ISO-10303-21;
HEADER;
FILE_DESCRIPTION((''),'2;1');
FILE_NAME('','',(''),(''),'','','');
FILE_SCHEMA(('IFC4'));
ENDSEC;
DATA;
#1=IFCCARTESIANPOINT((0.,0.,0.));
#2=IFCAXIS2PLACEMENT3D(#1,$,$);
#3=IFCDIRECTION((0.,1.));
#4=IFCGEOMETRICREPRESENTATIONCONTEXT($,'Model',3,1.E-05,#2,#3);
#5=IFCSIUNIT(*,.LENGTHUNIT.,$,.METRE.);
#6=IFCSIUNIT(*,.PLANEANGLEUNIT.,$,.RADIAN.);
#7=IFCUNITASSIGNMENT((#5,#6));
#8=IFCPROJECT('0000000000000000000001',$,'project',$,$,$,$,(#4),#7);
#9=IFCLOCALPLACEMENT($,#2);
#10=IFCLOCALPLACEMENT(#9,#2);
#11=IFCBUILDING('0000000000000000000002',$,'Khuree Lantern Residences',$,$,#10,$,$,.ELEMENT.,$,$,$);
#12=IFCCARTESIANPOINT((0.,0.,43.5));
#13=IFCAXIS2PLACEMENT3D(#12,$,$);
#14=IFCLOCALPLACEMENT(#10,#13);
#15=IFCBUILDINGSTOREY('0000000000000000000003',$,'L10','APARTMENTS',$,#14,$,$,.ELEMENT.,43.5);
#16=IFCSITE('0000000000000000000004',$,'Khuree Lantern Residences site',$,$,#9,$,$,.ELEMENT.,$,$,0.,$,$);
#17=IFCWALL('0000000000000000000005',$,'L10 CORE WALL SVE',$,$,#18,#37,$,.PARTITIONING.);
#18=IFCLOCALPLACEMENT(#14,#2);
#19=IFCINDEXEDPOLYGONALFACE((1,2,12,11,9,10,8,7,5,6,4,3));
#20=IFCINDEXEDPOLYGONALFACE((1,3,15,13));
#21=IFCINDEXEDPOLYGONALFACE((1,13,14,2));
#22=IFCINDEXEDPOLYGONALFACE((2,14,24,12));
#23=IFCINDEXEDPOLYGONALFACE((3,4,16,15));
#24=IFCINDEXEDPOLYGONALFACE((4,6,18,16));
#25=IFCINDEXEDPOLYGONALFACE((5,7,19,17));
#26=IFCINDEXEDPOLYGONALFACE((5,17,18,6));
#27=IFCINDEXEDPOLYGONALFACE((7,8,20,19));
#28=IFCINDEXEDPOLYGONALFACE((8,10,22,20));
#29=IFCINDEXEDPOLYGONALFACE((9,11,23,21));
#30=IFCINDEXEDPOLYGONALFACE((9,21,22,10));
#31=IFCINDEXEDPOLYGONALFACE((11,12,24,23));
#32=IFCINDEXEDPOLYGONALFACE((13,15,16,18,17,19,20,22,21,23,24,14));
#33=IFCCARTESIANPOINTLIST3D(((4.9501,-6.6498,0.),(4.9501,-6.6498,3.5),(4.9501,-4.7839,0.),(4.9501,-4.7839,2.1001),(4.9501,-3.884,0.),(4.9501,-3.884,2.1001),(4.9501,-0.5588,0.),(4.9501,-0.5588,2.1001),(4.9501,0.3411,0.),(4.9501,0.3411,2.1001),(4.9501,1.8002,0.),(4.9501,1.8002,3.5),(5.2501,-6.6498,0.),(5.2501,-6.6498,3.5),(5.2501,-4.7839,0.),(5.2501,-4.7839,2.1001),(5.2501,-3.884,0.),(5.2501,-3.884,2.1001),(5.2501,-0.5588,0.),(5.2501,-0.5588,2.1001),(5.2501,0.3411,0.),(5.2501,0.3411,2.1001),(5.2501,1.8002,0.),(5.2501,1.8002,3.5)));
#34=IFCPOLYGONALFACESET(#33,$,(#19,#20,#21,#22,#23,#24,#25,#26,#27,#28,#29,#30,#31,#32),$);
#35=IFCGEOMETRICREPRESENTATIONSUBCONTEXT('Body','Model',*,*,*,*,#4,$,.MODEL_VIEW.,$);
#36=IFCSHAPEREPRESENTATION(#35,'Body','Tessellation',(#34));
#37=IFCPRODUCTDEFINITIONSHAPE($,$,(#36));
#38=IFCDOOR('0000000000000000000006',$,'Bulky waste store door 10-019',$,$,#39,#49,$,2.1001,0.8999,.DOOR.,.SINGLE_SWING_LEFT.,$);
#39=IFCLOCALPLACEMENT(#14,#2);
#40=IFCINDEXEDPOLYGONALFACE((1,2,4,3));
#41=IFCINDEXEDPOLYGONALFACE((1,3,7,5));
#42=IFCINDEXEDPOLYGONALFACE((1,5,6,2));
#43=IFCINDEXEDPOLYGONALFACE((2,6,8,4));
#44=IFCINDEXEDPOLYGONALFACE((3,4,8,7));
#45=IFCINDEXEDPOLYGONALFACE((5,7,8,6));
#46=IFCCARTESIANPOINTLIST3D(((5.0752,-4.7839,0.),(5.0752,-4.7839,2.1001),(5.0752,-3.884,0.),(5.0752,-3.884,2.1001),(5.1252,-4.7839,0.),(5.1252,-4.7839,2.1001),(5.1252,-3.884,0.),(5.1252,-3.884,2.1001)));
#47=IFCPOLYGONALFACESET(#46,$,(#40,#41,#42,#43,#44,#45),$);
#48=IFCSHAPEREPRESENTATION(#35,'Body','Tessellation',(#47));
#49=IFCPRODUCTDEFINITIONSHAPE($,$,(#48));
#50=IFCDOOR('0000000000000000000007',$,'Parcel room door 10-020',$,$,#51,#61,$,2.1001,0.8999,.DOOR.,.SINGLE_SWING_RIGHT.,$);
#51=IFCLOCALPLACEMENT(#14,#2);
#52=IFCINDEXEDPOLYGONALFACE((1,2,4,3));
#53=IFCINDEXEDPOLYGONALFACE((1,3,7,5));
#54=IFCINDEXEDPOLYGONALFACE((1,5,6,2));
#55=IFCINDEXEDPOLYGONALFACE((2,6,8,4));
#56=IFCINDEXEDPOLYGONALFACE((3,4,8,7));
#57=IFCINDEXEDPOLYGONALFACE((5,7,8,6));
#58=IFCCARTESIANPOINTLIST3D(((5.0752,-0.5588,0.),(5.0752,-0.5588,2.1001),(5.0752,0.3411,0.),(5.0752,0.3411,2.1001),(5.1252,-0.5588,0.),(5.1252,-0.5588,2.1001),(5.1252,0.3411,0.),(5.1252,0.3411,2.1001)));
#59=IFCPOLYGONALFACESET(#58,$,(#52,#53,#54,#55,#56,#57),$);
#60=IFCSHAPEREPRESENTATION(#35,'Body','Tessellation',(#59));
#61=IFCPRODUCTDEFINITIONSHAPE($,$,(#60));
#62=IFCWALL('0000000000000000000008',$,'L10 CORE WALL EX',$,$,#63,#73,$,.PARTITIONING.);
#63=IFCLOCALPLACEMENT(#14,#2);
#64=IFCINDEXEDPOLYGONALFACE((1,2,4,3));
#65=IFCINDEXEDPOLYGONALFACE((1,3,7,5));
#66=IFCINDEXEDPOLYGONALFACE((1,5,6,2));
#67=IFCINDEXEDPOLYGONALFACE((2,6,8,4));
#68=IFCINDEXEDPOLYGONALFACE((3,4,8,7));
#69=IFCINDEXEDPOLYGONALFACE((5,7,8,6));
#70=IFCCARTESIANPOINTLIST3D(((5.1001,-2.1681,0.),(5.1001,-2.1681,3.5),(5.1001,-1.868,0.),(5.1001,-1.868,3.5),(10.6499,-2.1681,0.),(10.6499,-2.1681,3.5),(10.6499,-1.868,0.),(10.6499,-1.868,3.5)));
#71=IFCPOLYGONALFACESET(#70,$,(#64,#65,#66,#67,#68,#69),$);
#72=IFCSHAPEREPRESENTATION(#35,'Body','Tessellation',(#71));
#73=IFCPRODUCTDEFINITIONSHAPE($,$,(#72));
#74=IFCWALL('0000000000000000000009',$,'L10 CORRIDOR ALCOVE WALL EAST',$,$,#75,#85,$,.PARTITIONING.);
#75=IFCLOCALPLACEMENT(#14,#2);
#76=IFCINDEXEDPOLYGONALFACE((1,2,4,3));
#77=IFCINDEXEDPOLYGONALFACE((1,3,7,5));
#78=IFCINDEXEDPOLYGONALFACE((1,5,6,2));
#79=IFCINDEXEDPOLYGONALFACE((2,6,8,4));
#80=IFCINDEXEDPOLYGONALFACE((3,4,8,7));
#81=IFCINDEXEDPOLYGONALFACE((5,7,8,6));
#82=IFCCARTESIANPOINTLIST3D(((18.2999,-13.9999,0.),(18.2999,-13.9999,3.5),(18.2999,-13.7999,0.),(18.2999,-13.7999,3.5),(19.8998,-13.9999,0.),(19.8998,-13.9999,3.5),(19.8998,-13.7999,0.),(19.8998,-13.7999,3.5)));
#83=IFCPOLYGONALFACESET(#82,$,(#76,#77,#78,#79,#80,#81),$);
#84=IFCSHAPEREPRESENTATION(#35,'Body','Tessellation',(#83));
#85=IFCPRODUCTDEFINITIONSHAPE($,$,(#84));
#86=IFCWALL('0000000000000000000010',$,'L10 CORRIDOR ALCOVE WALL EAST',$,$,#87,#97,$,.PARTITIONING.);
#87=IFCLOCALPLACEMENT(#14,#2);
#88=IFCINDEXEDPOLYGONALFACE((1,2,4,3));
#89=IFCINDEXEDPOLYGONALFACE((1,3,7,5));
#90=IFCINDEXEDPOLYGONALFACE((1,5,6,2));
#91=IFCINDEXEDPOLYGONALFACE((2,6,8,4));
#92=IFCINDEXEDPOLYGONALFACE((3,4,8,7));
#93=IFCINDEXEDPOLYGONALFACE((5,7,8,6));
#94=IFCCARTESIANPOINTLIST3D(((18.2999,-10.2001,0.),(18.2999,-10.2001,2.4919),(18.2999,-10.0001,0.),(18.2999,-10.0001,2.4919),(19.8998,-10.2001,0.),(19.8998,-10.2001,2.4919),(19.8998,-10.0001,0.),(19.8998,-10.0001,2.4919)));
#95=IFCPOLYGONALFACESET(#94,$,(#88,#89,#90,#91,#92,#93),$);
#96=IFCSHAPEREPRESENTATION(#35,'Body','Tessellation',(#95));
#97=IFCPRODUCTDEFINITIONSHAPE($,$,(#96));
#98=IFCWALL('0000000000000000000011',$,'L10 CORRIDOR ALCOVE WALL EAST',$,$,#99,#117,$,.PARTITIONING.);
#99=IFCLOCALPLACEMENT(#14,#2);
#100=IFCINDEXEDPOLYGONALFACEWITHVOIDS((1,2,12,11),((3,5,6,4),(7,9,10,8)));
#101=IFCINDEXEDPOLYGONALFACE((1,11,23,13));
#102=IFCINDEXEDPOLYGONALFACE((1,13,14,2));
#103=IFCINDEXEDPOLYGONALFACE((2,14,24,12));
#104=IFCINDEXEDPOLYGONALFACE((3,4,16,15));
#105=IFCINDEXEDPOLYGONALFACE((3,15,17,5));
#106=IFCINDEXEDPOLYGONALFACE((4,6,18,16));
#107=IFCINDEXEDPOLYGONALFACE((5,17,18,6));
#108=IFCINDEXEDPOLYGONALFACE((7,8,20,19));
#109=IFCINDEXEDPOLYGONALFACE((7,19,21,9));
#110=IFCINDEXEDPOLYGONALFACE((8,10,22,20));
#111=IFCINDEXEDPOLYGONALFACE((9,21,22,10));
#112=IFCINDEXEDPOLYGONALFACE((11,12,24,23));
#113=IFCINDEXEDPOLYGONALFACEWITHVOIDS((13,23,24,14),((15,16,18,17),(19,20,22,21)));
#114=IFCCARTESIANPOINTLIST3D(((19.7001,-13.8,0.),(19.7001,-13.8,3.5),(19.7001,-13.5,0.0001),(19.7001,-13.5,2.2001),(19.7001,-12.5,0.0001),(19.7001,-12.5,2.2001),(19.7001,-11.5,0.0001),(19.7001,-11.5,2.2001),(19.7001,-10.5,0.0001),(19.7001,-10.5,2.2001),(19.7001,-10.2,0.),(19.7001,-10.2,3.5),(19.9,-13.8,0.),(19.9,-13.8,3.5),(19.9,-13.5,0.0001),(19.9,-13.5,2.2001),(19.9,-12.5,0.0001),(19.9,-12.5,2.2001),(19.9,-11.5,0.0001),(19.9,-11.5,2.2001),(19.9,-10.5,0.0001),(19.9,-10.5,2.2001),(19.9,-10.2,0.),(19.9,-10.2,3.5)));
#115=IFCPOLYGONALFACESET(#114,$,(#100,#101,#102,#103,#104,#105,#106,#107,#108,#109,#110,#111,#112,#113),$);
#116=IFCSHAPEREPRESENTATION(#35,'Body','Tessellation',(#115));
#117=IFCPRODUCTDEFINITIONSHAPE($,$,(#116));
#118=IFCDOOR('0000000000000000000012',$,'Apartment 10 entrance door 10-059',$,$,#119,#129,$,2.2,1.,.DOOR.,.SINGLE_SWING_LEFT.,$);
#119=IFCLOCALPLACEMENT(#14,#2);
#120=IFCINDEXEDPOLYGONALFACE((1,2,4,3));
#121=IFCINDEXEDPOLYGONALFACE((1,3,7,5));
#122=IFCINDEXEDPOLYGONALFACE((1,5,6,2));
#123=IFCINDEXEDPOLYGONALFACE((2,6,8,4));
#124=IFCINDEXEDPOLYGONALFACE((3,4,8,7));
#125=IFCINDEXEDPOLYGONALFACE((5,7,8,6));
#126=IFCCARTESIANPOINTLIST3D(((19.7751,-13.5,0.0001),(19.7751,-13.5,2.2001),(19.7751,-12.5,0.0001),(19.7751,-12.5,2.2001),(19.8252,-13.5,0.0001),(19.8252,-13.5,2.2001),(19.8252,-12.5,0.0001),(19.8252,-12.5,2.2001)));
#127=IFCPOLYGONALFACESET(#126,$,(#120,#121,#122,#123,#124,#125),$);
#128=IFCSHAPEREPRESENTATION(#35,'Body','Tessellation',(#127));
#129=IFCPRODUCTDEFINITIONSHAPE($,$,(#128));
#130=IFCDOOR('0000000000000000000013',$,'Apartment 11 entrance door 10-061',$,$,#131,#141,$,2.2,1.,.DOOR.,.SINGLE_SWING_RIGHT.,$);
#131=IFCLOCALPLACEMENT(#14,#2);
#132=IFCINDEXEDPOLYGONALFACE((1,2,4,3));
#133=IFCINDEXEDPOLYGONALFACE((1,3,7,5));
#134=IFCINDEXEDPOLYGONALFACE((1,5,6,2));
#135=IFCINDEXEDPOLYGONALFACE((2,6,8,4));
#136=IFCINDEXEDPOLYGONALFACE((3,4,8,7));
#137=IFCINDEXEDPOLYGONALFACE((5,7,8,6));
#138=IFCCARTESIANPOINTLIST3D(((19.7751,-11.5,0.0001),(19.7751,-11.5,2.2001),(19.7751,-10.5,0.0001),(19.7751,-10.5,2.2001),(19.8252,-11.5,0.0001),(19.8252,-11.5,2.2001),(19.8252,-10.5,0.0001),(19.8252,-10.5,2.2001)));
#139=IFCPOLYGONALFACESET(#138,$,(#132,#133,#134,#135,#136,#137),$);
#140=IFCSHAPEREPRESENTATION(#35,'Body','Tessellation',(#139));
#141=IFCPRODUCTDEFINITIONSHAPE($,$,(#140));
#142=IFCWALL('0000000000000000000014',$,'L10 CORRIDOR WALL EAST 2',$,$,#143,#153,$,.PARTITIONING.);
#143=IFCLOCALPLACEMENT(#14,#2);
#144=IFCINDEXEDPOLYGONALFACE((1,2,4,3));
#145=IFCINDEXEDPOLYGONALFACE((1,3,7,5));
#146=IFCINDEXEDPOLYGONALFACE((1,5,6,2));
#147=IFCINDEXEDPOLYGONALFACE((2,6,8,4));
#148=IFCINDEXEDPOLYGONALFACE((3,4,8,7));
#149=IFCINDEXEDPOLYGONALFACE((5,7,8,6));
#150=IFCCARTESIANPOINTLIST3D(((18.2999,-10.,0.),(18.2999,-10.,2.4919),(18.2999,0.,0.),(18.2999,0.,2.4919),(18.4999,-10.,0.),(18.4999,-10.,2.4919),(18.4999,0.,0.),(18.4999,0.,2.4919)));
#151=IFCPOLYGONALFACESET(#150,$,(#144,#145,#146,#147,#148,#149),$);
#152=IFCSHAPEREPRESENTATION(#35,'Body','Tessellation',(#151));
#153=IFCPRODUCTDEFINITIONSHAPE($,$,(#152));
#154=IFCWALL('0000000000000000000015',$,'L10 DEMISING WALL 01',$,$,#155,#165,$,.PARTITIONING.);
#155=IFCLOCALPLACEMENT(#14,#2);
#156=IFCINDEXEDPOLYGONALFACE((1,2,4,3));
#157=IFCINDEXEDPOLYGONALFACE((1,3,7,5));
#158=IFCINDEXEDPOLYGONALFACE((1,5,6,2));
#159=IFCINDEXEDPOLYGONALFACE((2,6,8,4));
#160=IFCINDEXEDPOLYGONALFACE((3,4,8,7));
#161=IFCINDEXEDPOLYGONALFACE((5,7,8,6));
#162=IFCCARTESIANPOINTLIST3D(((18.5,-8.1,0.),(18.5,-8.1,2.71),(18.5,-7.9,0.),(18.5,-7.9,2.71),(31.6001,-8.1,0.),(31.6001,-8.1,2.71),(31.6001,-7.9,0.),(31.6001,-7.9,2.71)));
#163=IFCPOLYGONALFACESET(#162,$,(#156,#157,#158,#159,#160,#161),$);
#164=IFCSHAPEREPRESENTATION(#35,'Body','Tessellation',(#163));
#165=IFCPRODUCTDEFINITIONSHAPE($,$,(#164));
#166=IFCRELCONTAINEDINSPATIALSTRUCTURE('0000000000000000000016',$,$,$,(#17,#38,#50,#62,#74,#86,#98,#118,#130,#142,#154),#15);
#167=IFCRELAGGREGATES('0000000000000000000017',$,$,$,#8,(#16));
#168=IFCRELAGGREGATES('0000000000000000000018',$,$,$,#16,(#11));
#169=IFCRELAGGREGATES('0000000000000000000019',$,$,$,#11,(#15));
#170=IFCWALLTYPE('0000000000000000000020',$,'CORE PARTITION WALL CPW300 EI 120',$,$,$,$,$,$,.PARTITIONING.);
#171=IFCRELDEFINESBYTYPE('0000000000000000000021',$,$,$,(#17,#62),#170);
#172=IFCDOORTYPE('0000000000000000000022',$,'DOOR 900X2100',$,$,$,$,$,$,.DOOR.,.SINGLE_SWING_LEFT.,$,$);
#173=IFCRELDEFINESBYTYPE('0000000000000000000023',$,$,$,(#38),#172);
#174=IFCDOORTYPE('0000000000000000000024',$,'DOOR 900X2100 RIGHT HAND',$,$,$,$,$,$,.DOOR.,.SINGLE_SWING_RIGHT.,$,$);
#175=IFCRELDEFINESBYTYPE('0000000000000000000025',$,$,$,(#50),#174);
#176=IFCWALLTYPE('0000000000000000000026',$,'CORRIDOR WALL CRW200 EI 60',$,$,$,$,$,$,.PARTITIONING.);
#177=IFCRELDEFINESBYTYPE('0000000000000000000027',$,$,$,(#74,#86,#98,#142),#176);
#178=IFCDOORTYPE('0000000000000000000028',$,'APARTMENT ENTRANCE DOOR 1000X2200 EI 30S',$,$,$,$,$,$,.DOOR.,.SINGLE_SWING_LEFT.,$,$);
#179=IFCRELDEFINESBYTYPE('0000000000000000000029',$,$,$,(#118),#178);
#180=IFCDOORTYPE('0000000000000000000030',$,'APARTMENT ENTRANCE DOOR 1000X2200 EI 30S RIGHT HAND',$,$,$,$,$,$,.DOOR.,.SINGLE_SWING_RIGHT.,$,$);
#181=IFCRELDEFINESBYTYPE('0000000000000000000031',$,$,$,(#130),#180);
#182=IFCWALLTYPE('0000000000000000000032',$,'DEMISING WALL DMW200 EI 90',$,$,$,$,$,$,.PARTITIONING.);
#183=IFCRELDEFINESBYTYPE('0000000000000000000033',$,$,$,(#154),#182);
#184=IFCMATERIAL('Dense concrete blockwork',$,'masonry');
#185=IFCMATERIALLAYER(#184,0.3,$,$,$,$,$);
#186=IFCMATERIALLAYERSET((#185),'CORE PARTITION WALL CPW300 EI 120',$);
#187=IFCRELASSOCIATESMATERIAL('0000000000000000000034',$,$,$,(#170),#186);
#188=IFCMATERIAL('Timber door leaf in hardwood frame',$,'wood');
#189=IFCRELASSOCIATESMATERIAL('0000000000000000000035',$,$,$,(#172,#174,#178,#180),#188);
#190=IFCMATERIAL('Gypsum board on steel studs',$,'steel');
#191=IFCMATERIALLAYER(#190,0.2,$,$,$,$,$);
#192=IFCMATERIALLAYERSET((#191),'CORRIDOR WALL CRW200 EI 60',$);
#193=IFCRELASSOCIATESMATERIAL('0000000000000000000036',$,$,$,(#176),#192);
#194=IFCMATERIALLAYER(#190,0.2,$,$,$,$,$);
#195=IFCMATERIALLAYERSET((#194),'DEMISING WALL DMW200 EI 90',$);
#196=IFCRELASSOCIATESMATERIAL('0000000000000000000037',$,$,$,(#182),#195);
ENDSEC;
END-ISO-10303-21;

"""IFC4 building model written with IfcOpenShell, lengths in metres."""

from ifc_helpers import new_model, si_unit, direction, frame, frame_2d, origin, place, context, subcontext, project, spatial, rectangle, extrude, material, layer, layer_set, type_object, element, fill, save


model = new_model("IFC4")

# Units and contexts
model_context = context("Model", 3, precision=1e-05, world=origin(), true_north=direction((0.0, 1.0)))
body_context = subcontext(model_context, "Body", "Model", "MODEL_VIEW")
ifc_project = project(units=[si_unit("LENGTHUNIT", "METRE"), si_unit("PLANEANGLEUNIT", "RADIAN")], contexts=[model_context])

# Site, building, storey
site_placement = place(None, origin())
site = spatial("IfcSite", under=ifc_project, at=site_placement, Name="Khuree Lantern Residences site", CompositionType="ELEMENT", RefElevation=0.0)
building_placement = place(site_placement, origin())
building = spatial("IfcBuilding", under=site, at=building_placement, Name="Khuree Lantern Residences", CompositionType="ELEMENT")
storey_placement = place(building_placement, frame((0.0, 0.0, 43.5)))
storey = spatial("IfcBuildingStorey", under=building, at=storey_placement, Name="L10", Description="APARTMENTS", CompositionType="ELEMENT", Elevation=43.5)

# Shared definitions
ifc_material_1 = material(Name="Dense concrete blockwork", Category="masonry")
ifc_layer_1 = layer(ifc_material_1, 0.3)
ifc_layer_set_1 = layer_set([ifc_layer_1], Name="CORE PARTITION WALL CPW300 EI 120")
wall_type_1 = type_object("IfcWallType", Name="CORE PARTITION WALL CPW300 EI 120", PredefinedType="PARTITIONING", material=ifc_layer_set_1)

# Wall, openings, doors
wall_1_placement = place(storey_placement, frame((5.1001, -6.6499, 0.0), z_axis=(0.0, 0.0, 1.0), x_axis=(0.0, 1.0, 0.0)))
wall_1 = element("IfcWall", 1, at=wall_1_placement, inside=storey, type_object=wall_type_1, Name="L10 CORE WALL SVE", PredefinedType="PARTITIONING", context=body_context, shape_type="SweptSolid", body=[
    extrude(rectangle(XDim=8.45, YDim=0.3, at=frame_2d((4.2251, 0.0))), origin(), (0.0, 0.0, 1.0), 3.5),
])
opening_1_placement = place(wall_1_placement, frame((1.866, 0.0, 0.0)))
opening_1 = element("IfcOpeningElement", 2, at=opening_1_placement, cuts=wall_1, PredefinedType="OPENING", context=body_context, shape_type="SweptSolid", body=[
    extrude(rectangle(XDim=0.8999, YDim=2.1001, at=frame_2d((0.45, 1.05))), frame((0.0, 0.1602, 0.0), z_axis=(0.0, -1.0, 0.0), x_axis=(1.0, 0.0, 0.0)), (0.0, 0.0, 1.0), 0.3201),
])
opening_2_placement = place(wall_1_placement, frame((6.0911, 0.0, 0.0)))
opening_2 = element("IfcOpeningElement", 3, at=opening_2_placement, cuts=wall_1, PredefinedType="OPENING", context=body_context, shape_type="SweptSolid", body=[
    extrude(rectangle(XDim=0.8999, YDim=2.1001, at=frame_2d((0.45, 1.05))), frame((0.0, 0.1602, 0.0), z_axis=(0.0, -1.0, 0.0), x_axis=(1.0, 0.0, 0.0)), (0.0, 0.0, 1.0), 0.3201),
])
ifc_material_2 = material(Name="Timber door leaf in hardwood frame", Category="wood")
door_type_1 = type_object("IfcDoorType", Name="DOOR 900X2100", OperationType="SINGLE_SWING_LEFT", PredefinedType="DOOR", material=ifc_material_2)
door_1_placement = place(opening_1_placement, origin())
door_1 = element("IfcDoor", 4, at=door_1_placement, inside=storey, type_object=door_type_1, Name="Bulky waste store door 10-019", OperationType="SINGLE_SWING_LEFT", OverallHeight=2.1001, OverallWidth=0.8999, PredefinedType="DOOR", context=body_context, shape_type="SweptSolid", body=[
    extrude(rectangle(XDim=0.8999, YDim=2.1001, at=frame_2d((0.45, 1.05))), frame((0.0, 0.0249, 0.0), z_axis=(0.0, -1.0, 0.0), x_axis=(1.0, 0.0, 0.0)), (0.0, 0.0, 1.0), 0.05),
])
fill(opening_1, door_1)
door_type_2 = type_object("IfcDoorType", Name="DOOR 900X2100 RIGHT HAND", OperationType="SINGLE_SWING_RIGHT", PredefinedType="DOOR", material=ifc_material_2)
door_2_placement = place(opening_2_placement, origin())
door_2 = element("IfcDoor", 5, at=door_2_placement, inside=storey, type_object=door_type_2, Name="Parcel room door 10-020", OperationType="SINGLE_SWING_RIGHT", OverallHeight=2.1001, OverallWidth=0.8999, PredefinedType="DOOR", context=body_context, shape_type="SweptSolid", body=[
    extrude(rectangle(XDim=0.8999, YDim=2.1001, at=frame_2d((0.45, 1.05))), frame((0.0, 0.0249, 0.0), z_axis=(0.0, -1.0, 0.0), x_axis=(1.0, 0.0, 0.0)), (0.0, 0.0, 1.0), 0.05),
])
fill(opening_2, door_2)

# Walls
wall_2_placement = place(storey_placement, frame((10.6499, -2.0181, 0.0), z_axis=(0.0, 0.0, 1.0), x_axis=(-1.0, 0.0, 0.0)))
element("IfcWall", 6, at=wall_2_placement, inside=storey, type_object=wall_type_1, Name="L10 CORE WALL EX", PredefinedType="PARTITIONING", context=body_context, shape_type="SweptSolid", body=[
    extrude(rectangle(XDim=5.5498, YDim=0.3, at=frame_2d((2.7749, 0.0))), origin(), (0.0, 0.0, 1.0), 3.5),
])
ifc_material_3 = material(Name="Gypsum board on steel studs", Category="steel")
ifc_layer_2 = layer(ifc_material_3, 0.2)
ifc_layer_set_2 = layer_set([ifc_layer_2], Name="CORRIDOR WALL CRW200 EI 60")
wall_type_2 = type_object("IfcWallType", Name="CORRIDOR WALL CRW200 EI 60", PredefinedType="PARTITIONING", material=ifc_layer_set_2)
wall_3_placement = place(storey_placement, frame((18.3, -13.8999, 0.0), z_axis=(0.0, 0.0, 1.0), x_axis=(1.0, 0.0, 0.0)))
element("IfcWall", 7, at=wall_3_placement, inside=storey, type_object=wall_type_2, Name="L10 CORRIDOR ALCOVE WALL EAST", PredefinedType="PARTITIONING", context=body_context, shape_type="SweptSolid", body=[
    extrude(rectangle(XDim=1.5999, YDim=0.2, at=frame_2d((0.7998, 0.0))), origin(), (0.0, 0.0, 1.0), 3.5),
])
wall_4_placement = place(storey_placement, frame((18.3, -10.1001, 0.0), z_axis=(0.0, 0.0, 1.0), x_axis=(1.0, 0.0, 0.0)))
element("IfcWall", 8, at=wall_4_placement, inside=storey, type_object=wall_type_2, Name="L10 CORRIDOR ALCOVE WALL EAST", PredefinedType="PARTITIONING", context=body_context, shape_type="SweptSolid", body=[
    extrude(rectangle(XDim=1.5999, YDim=0.2, at=frame_2d((0.7998, 0.0))), origin(), (0.0, 0.0, 1.0), 2.4919),
])

# Wall, openings, doors
wall_5_placement = place(storey_placement, frame((19.8, -13.8, 0.0), z_axis=(0.0, 0.0, 1.0), x_axis=(0.0, 1.0, 0.0)))
wall_5 = element("IfcWall", 9, at=wall_5_placement, inside=storey, type_object=wall_type_2, Name="L10 CORRIDOR ALCOVE WALL EAST", PredefinedType="PARTITIONING", context=body_context, shape_type="SweptSolid", body=[
    extrude(rectangle(XDim=3.6001, YDim=0.2, at=frame_2d((1.8, 0.0))), origin(), (0.0, 0.0, 1.0), 3.5),
])
opening_3_placement = place(wall_5_placement, frame((0.3, 0.0, 0.0)))
opening_3 = element("IfcOpeningElement", 10, at=opening_3_placement, cuts=wall_5, PredefinedType="OPENING", context=body_context, shape_type="SweptSolid", body=[
    extrude(rectangle(XDim=1.0, YDim=2.2, at=frame_2d((0.5, 1.1001))), frame((0.0, 0.1099, 0.0), z_axis=(0.0, -1.0, 0.0), x_axis=(1.0, 0.0, 0.0)), (0.0, 0.0, 1.0), 0.22),
])
opening_4_placement = place(wall_5_placement, frame((2.3, 0.0, 0.0)))
opening_4 = element("IfcOpeningElement", 11, at=opening_4_placement, cuts=wall_5, PredefinedType="OPENING", context=body_context, shape_type="SweptSolid", body=[
    extrude(rectangle(XDim=1.0, YDim=2.2, at=frame_2d((0.5, 1.1001))), frame((0.0, 0.1099, 0.0), z_axis=(0.0, -1.0, 0.0), x_axis=(1.0, 0.0, 0.0)), (0.0, 0.0, 1.0), 0.22),
])
door_type_3 = type_object("IfcDoorType", Name="APARTMENT ENTRANCE DOOR 1000X2200 EI 30S", OperationType="SINGLE_SWING_LEFT", PredefinedType="DOOR", material=ifc_material_2)
door_3_placement = place(opening_3_placement, origin())
door_3 = element("IfcDoor", 12, at=door_3_placement, inside=storey, type_object=door_type_3, Name="Apartment 10 entrance door 10-059", OperationType="SINGLE_SWING_LEFT", OverallHeight=2.2, OverallWidth=1.0, PredefinedType="DOOR", context=body_context, shape_type="SweptSolid", body=[
    extrude(rectangle(XDim=1.0, YDim=2.2, at=frame_2d((0.5, 1.1001))), frame((0.0, 0.0249, 0.0), z_axis=(0.0, -1.0, 0.0), x_axis=(1.0, 0.0, 0.0)), (0.0, 0.0, 1.0), 0.05),
])
fill(opening_3, door_3)
door_type_4 = type_object("IfcDoorType", Name="APARTMENT ENTRANCE DOOR 1000X2200 EI 30S RIGHT HAND", OperationType="SINGLE_SWING_RIGHT", PredefinedType="DOOR", material=ifc_material_2)
door_4_placement = place(opening_4_placement, origin())
door_4 = element("IfcDoor", 13, at=door_4_placement, inside=storey, type_object=door_type_4, Name="Apartment 11 entrance door 10-061", OperationType="SINGLE_SWING_RIGHT", OverallHeight=2.2, OverallWidth=1.0, PredefinedType="DOOR", context=body_context, shape_type="SweptSolid", body=[
    extrude(rectangle(XDim=1.0, YDim=2.2, at=frame_2d((0.5, 1.1001))), frame((0.0, 0.0249, 0.0), z_axis=(0.0, -1.0, 0.0), x_axis=(1.0, 0.0, 0.0)), (0.0, 0.0, 1.0), 0.05),
])
fill(opening_4, door_4)

# Walls
wall_6_placement = place(storey_placement, frame((18.3999, -10.0, 0.0), z_axis=(0.0, 0.0, 1.0), x_axis=(0.0, 1.0, 0.0)))
element("IfcWall", 14, at=wall_6_placement, inside=storey, type_object=wall_type_2, Name="L10 CORRIDOR WALL EAST 2", PredefinedType="PARTITIONING", context=body_context, shape_type="SweptSolid", body=[
    extrude(rectangle(XDim=10.0, YDim=0.2, at=frame_2d((5.0, 0.0))), origin(), (0.0, 0.0, 1.0), 2.4919),
])
ifc_layer_3 = layer(ifc_material_3, 0.2)
ifc_layer_set_3 = layer_set([ifc_layer_3], Name="DEMISING WALL DMW200 EI 90")
wall_type_3 = type_object("IfcWallType", Name="DEMISING WALL DMW200 EI 90", PredefinedType="PARTITIONING", material=ifc_layer_set_3)
wall_7_placement = place(storey_placement, frame((18.5, -8.0, 0.0), z_axis=(0.0, 0.0, 1.0), x_axis=(1.0, 0.0, 0.0)))
element("IfcWall", 15, at=wall_7_placement, inside=storey, type_object=wall_type_3, Name="L10 DEMISING WALL 01", PredefinedType="PARTITIONING", context=body_context, shape_type="SweptSolid", body=[
    extrude(rectangle(XDim=13.1001, YDim=0.2, at=frame_2d((6.55, 0.0))), origin(), (0.0, 0.0, 1.0), 2.71),
])

save(model, "model.ifc")
